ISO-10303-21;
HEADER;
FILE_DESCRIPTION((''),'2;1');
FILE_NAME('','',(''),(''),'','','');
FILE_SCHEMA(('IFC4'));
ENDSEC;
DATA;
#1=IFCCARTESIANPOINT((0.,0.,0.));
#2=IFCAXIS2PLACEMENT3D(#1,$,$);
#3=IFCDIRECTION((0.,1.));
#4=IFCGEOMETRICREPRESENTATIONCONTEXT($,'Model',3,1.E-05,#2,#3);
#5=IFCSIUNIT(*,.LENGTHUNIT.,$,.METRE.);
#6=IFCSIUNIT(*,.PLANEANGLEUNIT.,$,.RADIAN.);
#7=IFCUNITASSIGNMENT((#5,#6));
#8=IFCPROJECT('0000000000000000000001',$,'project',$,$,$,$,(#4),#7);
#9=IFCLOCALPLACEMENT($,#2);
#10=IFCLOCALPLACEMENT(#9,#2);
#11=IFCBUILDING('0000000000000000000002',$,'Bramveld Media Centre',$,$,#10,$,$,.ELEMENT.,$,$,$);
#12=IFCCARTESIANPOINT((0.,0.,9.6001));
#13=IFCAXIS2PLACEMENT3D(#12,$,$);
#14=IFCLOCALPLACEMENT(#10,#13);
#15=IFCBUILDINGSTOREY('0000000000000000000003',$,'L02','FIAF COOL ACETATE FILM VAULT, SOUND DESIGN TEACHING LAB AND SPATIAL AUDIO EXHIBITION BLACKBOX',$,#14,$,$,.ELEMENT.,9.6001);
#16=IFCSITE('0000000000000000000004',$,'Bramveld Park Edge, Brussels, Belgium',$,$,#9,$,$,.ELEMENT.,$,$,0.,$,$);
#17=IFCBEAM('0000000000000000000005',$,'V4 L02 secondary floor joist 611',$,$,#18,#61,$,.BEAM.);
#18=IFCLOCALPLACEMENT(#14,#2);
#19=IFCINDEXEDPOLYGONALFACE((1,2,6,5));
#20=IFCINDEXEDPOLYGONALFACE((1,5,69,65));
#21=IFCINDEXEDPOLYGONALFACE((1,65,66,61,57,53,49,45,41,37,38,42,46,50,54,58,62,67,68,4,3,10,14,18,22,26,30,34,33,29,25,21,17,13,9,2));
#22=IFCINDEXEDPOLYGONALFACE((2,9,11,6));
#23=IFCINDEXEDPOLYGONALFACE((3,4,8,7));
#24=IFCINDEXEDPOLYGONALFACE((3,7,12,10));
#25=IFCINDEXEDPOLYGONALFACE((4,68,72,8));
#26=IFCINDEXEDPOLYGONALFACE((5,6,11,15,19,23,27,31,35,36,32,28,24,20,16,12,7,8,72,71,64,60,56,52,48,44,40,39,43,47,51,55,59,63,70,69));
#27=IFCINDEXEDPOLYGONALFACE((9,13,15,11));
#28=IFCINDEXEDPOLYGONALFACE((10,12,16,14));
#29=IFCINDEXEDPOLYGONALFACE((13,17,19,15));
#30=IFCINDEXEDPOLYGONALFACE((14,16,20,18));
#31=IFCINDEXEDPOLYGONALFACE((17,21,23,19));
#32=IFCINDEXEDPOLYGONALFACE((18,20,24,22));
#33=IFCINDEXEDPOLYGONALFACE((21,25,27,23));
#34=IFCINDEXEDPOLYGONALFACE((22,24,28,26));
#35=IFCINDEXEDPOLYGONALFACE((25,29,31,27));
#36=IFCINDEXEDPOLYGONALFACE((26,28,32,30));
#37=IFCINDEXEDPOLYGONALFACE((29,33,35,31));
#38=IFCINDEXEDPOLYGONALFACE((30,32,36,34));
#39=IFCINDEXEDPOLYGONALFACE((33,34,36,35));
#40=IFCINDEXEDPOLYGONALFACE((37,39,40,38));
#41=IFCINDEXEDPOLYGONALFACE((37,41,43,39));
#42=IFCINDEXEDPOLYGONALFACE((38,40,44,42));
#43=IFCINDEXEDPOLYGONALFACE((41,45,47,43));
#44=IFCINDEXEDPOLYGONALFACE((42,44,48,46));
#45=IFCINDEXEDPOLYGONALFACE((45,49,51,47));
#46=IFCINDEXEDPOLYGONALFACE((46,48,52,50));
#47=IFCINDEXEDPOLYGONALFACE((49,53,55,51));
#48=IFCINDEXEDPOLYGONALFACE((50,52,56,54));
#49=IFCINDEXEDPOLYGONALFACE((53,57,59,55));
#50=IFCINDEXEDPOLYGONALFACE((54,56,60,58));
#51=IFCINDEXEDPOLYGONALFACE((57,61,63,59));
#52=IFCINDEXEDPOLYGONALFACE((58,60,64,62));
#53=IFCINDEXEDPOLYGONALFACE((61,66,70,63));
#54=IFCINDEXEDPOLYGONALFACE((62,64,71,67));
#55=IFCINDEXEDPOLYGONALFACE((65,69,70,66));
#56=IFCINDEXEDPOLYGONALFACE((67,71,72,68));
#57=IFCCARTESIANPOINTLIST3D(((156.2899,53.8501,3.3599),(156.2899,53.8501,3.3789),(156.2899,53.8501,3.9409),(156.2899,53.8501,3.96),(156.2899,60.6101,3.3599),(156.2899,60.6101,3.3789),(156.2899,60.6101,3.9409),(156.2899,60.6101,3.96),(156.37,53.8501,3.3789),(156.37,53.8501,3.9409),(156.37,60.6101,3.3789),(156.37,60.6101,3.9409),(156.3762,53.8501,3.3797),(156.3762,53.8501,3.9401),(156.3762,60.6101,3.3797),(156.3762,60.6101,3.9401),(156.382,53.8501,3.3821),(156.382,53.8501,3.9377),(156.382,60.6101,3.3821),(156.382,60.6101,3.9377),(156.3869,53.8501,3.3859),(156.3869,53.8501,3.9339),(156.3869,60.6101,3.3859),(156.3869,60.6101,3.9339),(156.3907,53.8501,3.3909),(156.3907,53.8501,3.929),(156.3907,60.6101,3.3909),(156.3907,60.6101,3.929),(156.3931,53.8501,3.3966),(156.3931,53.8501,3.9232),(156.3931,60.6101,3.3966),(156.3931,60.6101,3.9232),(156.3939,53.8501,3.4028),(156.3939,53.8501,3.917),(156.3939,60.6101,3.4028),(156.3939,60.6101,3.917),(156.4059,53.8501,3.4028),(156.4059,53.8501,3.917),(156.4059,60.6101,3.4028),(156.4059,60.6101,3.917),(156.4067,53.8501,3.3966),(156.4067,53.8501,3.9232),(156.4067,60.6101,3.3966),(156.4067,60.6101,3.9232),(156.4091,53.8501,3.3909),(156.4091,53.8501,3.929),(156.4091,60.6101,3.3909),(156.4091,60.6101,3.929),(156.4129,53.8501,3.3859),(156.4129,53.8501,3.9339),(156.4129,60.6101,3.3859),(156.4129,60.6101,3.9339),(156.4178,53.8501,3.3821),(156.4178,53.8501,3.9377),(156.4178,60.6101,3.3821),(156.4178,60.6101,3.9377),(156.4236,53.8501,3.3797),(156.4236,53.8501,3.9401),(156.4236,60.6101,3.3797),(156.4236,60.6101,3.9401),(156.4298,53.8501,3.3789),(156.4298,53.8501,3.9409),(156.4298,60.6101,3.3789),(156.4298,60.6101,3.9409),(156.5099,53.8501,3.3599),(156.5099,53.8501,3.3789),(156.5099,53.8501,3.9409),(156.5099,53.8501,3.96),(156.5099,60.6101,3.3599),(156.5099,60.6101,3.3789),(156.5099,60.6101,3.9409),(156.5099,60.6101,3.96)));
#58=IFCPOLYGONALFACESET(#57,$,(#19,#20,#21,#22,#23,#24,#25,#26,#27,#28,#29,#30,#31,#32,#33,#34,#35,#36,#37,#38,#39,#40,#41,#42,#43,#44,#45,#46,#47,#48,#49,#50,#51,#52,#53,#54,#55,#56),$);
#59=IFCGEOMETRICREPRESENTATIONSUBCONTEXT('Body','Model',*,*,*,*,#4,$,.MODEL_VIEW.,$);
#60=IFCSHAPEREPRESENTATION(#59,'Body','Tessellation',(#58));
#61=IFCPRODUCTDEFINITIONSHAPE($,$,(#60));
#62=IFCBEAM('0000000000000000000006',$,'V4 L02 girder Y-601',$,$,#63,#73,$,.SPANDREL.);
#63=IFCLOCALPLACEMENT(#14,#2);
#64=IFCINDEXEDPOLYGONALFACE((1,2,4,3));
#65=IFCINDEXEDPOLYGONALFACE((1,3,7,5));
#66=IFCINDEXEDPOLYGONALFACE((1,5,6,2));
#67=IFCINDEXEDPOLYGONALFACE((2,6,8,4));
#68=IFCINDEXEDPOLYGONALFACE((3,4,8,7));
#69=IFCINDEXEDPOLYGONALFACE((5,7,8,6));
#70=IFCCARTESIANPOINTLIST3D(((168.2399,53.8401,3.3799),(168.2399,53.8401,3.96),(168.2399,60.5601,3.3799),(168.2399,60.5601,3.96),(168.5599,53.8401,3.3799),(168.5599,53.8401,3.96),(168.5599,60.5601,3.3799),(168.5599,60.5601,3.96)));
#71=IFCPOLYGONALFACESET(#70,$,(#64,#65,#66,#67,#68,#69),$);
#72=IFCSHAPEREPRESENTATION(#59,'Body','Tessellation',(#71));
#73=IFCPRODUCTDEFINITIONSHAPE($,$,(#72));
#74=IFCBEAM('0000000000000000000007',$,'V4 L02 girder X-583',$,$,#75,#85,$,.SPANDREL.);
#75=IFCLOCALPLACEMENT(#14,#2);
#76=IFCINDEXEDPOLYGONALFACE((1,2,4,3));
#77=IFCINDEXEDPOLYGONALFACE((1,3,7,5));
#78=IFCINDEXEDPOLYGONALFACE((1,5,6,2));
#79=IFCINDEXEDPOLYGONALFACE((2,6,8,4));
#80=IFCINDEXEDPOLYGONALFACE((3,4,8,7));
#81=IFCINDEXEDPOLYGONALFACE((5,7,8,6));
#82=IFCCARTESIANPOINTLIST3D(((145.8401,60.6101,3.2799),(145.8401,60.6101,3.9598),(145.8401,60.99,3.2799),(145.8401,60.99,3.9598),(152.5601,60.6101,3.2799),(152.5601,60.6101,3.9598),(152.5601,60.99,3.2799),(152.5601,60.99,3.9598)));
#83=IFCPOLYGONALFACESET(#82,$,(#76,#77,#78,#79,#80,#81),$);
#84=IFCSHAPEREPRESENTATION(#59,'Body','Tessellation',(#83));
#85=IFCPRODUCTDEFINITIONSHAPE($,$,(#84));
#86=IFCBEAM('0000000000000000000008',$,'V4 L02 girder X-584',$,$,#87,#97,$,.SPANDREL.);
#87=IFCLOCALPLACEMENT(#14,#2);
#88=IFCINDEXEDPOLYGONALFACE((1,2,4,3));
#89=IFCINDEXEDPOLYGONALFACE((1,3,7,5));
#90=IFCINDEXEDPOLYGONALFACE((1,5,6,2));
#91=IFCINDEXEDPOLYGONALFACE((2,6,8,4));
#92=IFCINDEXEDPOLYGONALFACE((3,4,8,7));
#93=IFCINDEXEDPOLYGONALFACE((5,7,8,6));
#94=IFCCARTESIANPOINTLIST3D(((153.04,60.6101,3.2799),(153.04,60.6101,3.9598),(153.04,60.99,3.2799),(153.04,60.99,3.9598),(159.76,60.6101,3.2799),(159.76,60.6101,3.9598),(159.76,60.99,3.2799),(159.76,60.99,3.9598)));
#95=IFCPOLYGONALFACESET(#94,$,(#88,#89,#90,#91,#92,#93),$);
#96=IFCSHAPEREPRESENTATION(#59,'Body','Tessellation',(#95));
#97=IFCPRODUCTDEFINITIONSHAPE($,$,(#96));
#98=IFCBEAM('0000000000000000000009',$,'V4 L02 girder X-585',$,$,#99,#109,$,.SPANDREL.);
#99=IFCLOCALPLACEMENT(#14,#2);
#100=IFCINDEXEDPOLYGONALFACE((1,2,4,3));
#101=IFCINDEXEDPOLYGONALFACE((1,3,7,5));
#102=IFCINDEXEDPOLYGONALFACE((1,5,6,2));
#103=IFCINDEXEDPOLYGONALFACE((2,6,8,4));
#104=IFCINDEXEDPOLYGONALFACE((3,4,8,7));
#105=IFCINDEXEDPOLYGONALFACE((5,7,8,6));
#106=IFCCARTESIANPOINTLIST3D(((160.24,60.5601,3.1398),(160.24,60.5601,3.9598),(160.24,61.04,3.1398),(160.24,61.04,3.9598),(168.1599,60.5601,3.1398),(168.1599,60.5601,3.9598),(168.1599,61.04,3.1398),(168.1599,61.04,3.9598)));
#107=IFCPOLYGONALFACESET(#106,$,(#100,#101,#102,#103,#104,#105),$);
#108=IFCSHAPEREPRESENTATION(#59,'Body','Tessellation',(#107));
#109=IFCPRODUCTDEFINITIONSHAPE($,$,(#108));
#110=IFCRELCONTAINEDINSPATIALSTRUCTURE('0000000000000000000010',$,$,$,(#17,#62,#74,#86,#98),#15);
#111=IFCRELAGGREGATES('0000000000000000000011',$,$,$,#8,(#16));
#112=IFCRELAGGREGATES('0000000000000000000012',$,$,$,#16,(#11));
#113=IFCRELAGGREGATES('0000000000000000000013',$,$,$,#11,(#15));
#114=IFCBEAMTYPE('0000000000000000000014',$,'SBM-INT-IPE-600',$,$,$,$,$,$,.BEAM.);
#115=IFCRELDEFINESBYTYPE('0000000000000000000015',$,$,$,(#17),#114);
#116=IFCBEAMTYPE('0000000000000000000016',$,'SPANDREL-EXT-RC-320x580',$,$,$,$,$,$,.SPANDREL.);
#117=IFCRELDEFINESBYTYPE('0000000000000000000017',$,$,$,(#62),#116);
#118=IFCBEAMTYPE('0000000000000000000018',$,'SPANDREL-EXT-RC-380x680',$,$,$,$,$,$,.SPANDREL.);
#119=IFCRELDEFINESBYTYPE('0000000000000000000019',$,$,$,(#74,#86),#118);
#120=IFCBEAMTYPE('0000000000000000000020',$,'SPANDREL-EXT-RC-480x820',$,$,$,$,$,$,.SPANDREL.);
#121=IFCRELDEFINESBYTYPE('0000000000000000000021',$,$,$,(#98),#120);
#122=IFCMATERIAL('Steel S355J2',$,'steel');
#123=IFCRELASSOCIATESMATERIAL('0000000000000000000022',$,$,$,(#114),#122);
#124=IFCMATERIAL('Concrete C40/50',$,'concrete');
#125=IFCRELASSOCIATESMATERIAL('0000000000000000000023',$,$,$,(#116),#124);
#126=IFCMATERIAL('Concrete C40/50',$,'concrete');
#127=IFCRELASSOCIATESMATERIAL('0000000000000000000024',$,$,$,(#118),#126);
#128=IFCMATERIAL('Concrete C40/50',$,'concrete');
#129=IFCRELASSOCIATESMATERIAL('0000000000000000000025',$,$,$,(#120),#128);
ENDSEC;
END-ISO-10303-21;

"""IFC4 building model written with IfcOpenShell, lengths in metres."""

from ifc_helpers import new_model, si_unit, direction, frame, origin, origin_2d, place, context, subcontext, project, spatial, rectangle, i_section, extrude, material, material_profile, profile_set, type_object, element, save


model = new_model("IFC4")

# Units and contexts
model_context = context("Model", 3, precision=1e-05, world=origin(), true_north=direction((0.0, 1.0)))
body_context = subcontext(model_context, "Body", "Model", "MODEL_VIEW")
ifc_project = project(units=[si_unit("LENGTHUNIT", "METRE"), si_unit("PLANEANGLEUNIT", "RADIAN")], contexts=[model_context])

# Site, building, storey
site_placement = place(None, origin())
site = spatial("IfcSite", under=ifc_project, at=site_placement, Name="Bramveld Park Edge, Brussels, Belgium", CompositionType="ELEMENT", RefElevation=0.0)
building_placement = place(site_placement, origin())
building = spatial("IfcBuilding", under=site, at=building_placement, Name="Bramveld Media Centre", CompositionType="ELEMENT")
storey_placement = place(building_placement, frame((0.0, 0.0, 9.6001)))
storey = spatial("IfcBuildingStorey", under=building, at=storey_placement, Name="L02", Description="FIAF COOL ACETATE FILM VAULT, SOUND DESIGN TEACHING LAB AND SPATIAL AUDIO EXHIBITION BLACKBOX", CompositionType="ELEMENT", Elevation=9.6001)

# Beams
ifc_material_1 = material(Name="Steel S355J2", Category="steel")
ifc_material_profile_1 = material_profile(ifc_material_1, i_section(OverallWidth=0.22, OverallDepth=0.6001, WebThickness=0.012, FlangeThickness=0.019, FilletRadius=0.0239, at=origin_2d()), Name="IPE 600")
ifc_profile_set_1 = profile_set([ifc_material_profile_1], Name="Steel S355J2")
beam_type_1 = type_object("IfcBeamType", Name="SBM-INT-IPE-600", PredefinedType="BEAM", material=ifc_profile_set_1)
beam_1_placement = place(storey_placement, frame((156.3999, 53.8501, 3.6599), z_axis=(0.0, 1.0, 0.0), x_axis=(-1.0, 0.0, 0.0)))
element("IfcBeam", 1, at=beam_1_placement, inside=storey, type_object=beam_type_1, Name="V4 L02 secondary floor joist 611", PredefinedType="BEAM", context=body_context, shape_type="SweptSolid", body=[
    extrude(i_section(OverallWidth=0.22, OverallDepth=0.6001, WebThickness=0.012, FlangeThickness=0.019, FilletRadius=0.0239, at=origin_2d()), origin(), (0.0, 0.0, 1.0), 6.76),
])
ifc_material_2 = material(Name="Concrete C40/50", Category="concrete")
ifc_material_profile_2 = material_profile(ifc_material_2, rectangle(XDim=0.3201, YDim=0.5801, at=origin_2d()), Name="RC 320x580")
ifc_profile_set_2 = profile_set([ifc_material_profile_2], Name="Concrete C40/50")
beam_type_2 = type_object("IfcBeamType", Name="SPANDREL-EXT-RC-320x580", PredefinedType="SPANDREL", material=ifc_profile_set_2)
beam_2_placement = place(storey_placement, frame((168.3999, 53.8401, 3.6699), z_axis=(0.0, 1.0, 0.0), x_axis=(-1.0, 0.0, 0.0)))
element("IfcBeam", 2, at=beam_2_placement, inside=storey, type_object=beam_type_2, Name="V4 L02 girder Y-601", PredefinedType="SPANDREL", context=body_context, shape_type="SweptSolid", body=[
    extrude(rectangle(XDim=0.3201, YDim=0.5801, at=origin_2d()), origin(), (0.0, 0.0, 1.0), 6.72),
])
ifc_material_3 = material(Name="Concrete C40/50", Category="concrete")
ifc_material_profile_3 = material_profile(ifc_material_3, rectangle(XDim=0.3799, YDim=0.6799, at=origin_2d()), Name="RC 380x680")
ifc_profile_set_3 = profile_set([ifc_material_profile_3], Name="Concrete C40/50")
beam_type_3 = type_object("IfcBeamType", Name="SPANDREL-EXT-RC-380x680", PredefinedType="SPANDREL", material=ifc_profile_set_3)
for number, where, z_axis, x_axis, name in (
    (3, (145.8401, 60.8, 3.6199), (1.0, 0.0, 0.0), (0.0, 1.0, 0.0), "V4 L02 girder X-583"),
    (4, (153.04, 60.8, 3.6199), (1.0, 0.0, 0.0), (0.0, 1.0, 0.0), "V4 L02 girder X-584"),
):
    element("IfcBeam", number, at=place(storey_placement, frame(where, z_axis=z_axis, x_axis=x_axis)), inside=storey, type_object=beam_type_3, Name=name, PredefinedType="SPANDREL", context=body_context, shape_type="SweptSolid", body=[
        extrude(rectangle(XDim=0.3799, YDim=0.6799, at=origin_2d()), origin(), (0.0, 0.0, 1.0), 6.72),
    ])
ifc_material_4 = material(Name="Concrete C40/50", Category="concrete")
ifc_material_profile_4 = material_profile(ifc_material_4, rectangle(XDim=0.48, YDim=0.8201, at=origin_2d()), Name="RC 480x820")
ifc_profile_set_4 = profile_set([ifc_material_profile_4], Name="Concrete C40/50")
beam_type_4 = type_object("IfcBeamType", Name="SPANDREL-EXT-RC-480x820", PredefinedType="SPANDREL", material=ifc_profile_set_4)
beam_3_placement = place(storey_placement, frame((160.24, 60.8, 3.5498), z_axis=(1.0, 0.0, 0.0), x_axis=(0.0, 1.0, 0.0)))
element("IfcBeam", 5, at=beam_3_placement, inside=storey, type_object=beam_type_4, Name="V4 L02 girder X-585", PredefinedType="SPANDREL", context=body_context, shape_type="SweptSolid", body=[
    extrude(rectangle(XDim=0.48, YDim=0.8201, at=origin_2d()), origin(), (0.0, 0.0, 1.0), 7.9199),
])

save(model, "model.ifc")
